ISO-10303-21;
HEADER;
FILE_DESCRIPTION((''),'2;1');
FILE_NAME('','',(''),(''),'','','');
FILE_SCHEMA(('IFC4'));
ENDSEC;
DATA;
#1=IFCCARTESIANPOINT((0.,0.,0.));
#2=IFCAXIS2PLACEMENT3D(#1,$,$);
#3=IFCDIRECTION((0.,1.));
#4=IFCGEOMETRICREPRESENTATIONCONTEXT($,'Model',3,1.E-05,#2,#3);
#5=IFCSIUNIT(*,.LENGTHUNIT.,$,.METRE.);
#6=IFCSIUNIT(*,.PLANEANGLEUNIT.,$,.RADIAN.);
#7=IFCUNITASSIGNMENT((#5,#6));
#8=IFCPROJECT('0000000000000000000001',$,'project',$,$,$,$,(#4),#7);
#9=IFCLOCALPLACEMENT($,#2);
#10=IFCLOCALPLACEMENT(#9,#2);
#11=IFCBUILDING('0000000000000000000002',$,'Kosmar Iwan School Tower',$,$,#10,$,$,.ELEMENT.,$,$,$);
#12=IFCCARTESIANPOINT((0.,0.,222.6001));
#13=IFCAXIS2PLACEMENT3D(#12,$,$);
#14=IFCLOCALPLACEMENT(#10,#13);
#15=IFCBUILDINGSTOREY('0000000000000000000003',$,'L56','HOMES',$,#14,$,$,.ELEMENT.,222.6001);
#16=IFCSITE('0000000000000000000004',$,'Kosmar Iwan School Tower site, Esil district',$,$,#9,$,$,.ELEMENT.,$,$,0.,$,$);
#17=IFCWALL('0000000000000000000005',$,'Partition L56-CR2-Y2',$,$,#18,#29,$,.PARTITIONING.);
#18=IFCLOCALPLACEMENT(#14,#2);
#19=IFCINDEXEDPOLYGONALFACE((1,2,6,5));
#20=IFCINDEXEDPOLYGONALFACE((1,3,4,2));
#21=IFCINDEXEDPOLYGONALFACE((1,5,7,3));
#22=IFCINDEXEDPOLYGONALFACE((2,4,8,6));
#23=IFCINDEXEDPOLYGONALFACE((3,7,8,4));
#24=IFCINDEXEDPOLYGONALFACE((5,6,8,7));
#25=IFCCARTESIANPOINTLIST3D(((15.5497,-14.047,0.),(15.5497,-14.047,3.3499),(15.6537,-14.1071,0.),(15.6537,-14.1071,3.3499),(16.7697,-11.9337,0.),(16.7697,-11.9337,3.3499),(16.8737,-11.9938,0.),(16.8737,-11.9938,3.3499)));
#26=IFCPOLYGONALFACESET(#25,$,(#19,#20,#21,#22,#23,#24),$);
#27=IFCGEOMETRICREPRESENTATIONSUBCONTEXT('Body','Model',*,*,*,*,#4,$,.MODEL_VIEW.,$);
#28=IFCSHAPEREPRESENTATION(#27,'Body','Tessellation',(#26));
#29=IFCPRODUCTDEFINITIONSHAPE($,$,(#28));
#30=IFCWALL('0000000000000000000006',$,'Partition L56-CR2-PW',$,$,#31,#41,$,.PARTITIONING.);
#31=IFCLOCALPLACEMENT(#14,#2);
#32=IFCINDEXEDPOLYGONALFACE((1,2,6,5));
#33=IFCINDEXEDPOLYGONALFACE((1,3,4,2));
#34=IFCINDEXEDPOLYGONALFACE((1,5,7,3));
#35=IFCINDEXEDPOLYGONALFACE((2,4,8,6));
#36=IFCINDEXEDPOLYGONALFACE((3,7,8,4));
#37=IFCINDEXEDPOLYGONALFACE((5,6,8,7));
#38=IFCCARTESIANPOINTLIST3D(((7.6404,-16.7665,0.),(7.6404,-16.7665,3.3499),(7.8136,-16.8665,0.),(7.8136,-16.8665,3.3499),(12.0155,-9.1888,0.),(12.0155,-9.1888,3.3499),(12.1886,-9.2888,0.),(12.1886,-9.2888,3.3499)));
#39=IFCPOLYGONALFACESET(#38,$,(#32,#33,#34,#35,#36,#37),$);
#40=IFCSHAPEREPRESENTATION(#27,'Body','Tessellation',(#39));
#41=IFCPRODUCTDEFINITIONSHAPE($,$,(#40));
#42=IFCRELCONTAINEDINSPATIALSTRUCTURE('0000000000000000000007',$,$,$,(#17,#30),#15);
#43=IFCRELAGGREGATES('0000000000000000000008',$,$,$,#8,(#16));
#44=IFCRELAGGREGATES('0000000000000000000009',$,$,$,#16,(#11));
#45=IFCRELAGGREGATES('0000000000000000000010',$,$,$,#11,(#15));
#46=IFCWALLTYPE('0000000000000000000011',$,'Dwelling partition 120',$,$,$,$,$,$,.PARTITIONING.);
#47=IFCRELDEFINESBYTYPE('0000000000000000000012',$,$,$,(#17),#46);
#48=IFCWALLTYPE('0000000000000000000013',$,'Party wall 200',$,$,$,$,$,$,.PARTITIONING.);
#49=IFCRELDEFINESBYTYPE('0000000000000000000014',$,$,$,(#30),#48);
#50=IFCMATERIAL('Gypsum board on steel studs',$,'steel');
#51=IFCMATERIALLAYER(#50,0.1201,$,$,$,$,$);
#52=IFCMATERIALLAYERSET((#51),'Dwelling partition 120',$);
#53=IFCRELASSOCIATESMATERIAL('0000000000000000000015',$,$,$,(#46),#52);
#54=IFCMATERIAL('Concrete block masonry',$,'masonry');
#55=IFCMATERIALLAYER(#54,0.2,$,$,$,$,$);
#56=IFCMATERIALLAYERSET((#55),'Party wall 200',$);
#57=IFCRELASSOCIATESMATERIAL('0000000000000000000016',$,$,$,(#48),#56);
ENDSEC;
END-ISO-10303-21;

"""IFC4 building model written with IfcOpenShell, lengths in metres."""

from ifc_helpers import new_model, si_unit, direction, frame, frame_2d, origin, place, context, subcontext, project, spatial, rectangle, extrude, material, layer, layer_set, type_object, element, save


model = new_model("IFC4")

# Units and contexts
model_context = context("Model", 3, precision=1e-05, world=origin(), true_north=direction((0.0, 1.0)))
body_context = subcontext(model_context, "Body", "Model", "MODEL_VIEW")
ifc_project = project(units=[si_unit("LENGTHUNIT", "METRE"), si_unit("PLANEANGLEUNIT", "RADIAN")], contexts=[model_context])

# Site, building, storey
site_placement = place(None, origin())
site = spatial("IfcSite", under=ifc_project, at=site_placement, Name="Kosmar Iwan School Tower site, Esil district", CompositionType="ELEMENT", RefElevation=0.0)
building_placement = place(site_placement, origin())
building = spatial("IfcBuilding", under=site, at=building_placement, Name="Kosmar Iwan School Tower", CompositionType="ELEMENT")
storey_placement = place(building_placement, frame((0.0, 0.0, 222.6001)))
storey = spatial("IfcBuildingStorey", under=building, at=storey_placement, Name="L56", Description="HOMES", CompositionType="ELEMENT", Elevation=222.6001)

# Shared definitions
ifc_material_1 = material(Name="Gypsum board on steel studs", Category="steel")
ifc_layer_1 = layer(ifc_material_1, 0.1201)
ifc_layer_set_1 = layer_set([ifc_layer_1], Name="Dwelling partition 120")
wall_type_1 = type_object("IfcWallType", Name="Dwelling partition 120", PredefinedType="PARTITIONING", material=ifc_layer_set_1)

# Walls
wall_1_placement = place(storey_placement, frame((16.8218, -11.9636, 0.0), z_axis=(0.0, 0.0, 1.0), x_axis=(-0.499959, -0.866049, 0.0)))
element("IfcWall", 1, at=wall_1_placement, inside=storey, type_object=wall_type_1, Name="Partition L56-CR2-Y2", PredefinedType="PARTITIONING", context=body_context, shape_type="SweptSolid", body=[
    extrude(rectangle(XDim=2.4402, YDim=0.1201, at=frame_2d((1.2202, 0.0))), origin(), (0.0, 0.0, 1.0), 3.3499),
])
ifc_material_2 = material(Name="Concrete block masonry", Category="masonry")
ifc_layer_2 = layer(ifc_material_2, 0.2)
ifc_layer_set_2 = layer_set([ifc_layer_2], Name="Party wall 200")
wall_type_2 = type_object("IfcWallType", Name="Party wall 200", PredefinedType="PARTITIONING", material=ifc_layer_set_2)
wall_2_placement = place(storey_placement, frame((12.1021, -9.2388, 0.0), z_axis=(0.0, 0.0, 1.0), x_axis=(-0.500004, -0.866023, 0.0)))
element("IfcWall", 2, at=wall_2_placement, inside=storey, type_object=wall_type_2, Name="Partition L56-CR2-PW", PredefinedType="PARTITIONING", context=body_context, shape_type="SweptSolid", body=[
    extrude(rectangle(XDim=8.75, YDim=0.2, at=frame_2d((4.375, 0.0))), origin(), (0.0, 0.0, 1.0), 3.3499),
])

save(model, "model.ifc")
